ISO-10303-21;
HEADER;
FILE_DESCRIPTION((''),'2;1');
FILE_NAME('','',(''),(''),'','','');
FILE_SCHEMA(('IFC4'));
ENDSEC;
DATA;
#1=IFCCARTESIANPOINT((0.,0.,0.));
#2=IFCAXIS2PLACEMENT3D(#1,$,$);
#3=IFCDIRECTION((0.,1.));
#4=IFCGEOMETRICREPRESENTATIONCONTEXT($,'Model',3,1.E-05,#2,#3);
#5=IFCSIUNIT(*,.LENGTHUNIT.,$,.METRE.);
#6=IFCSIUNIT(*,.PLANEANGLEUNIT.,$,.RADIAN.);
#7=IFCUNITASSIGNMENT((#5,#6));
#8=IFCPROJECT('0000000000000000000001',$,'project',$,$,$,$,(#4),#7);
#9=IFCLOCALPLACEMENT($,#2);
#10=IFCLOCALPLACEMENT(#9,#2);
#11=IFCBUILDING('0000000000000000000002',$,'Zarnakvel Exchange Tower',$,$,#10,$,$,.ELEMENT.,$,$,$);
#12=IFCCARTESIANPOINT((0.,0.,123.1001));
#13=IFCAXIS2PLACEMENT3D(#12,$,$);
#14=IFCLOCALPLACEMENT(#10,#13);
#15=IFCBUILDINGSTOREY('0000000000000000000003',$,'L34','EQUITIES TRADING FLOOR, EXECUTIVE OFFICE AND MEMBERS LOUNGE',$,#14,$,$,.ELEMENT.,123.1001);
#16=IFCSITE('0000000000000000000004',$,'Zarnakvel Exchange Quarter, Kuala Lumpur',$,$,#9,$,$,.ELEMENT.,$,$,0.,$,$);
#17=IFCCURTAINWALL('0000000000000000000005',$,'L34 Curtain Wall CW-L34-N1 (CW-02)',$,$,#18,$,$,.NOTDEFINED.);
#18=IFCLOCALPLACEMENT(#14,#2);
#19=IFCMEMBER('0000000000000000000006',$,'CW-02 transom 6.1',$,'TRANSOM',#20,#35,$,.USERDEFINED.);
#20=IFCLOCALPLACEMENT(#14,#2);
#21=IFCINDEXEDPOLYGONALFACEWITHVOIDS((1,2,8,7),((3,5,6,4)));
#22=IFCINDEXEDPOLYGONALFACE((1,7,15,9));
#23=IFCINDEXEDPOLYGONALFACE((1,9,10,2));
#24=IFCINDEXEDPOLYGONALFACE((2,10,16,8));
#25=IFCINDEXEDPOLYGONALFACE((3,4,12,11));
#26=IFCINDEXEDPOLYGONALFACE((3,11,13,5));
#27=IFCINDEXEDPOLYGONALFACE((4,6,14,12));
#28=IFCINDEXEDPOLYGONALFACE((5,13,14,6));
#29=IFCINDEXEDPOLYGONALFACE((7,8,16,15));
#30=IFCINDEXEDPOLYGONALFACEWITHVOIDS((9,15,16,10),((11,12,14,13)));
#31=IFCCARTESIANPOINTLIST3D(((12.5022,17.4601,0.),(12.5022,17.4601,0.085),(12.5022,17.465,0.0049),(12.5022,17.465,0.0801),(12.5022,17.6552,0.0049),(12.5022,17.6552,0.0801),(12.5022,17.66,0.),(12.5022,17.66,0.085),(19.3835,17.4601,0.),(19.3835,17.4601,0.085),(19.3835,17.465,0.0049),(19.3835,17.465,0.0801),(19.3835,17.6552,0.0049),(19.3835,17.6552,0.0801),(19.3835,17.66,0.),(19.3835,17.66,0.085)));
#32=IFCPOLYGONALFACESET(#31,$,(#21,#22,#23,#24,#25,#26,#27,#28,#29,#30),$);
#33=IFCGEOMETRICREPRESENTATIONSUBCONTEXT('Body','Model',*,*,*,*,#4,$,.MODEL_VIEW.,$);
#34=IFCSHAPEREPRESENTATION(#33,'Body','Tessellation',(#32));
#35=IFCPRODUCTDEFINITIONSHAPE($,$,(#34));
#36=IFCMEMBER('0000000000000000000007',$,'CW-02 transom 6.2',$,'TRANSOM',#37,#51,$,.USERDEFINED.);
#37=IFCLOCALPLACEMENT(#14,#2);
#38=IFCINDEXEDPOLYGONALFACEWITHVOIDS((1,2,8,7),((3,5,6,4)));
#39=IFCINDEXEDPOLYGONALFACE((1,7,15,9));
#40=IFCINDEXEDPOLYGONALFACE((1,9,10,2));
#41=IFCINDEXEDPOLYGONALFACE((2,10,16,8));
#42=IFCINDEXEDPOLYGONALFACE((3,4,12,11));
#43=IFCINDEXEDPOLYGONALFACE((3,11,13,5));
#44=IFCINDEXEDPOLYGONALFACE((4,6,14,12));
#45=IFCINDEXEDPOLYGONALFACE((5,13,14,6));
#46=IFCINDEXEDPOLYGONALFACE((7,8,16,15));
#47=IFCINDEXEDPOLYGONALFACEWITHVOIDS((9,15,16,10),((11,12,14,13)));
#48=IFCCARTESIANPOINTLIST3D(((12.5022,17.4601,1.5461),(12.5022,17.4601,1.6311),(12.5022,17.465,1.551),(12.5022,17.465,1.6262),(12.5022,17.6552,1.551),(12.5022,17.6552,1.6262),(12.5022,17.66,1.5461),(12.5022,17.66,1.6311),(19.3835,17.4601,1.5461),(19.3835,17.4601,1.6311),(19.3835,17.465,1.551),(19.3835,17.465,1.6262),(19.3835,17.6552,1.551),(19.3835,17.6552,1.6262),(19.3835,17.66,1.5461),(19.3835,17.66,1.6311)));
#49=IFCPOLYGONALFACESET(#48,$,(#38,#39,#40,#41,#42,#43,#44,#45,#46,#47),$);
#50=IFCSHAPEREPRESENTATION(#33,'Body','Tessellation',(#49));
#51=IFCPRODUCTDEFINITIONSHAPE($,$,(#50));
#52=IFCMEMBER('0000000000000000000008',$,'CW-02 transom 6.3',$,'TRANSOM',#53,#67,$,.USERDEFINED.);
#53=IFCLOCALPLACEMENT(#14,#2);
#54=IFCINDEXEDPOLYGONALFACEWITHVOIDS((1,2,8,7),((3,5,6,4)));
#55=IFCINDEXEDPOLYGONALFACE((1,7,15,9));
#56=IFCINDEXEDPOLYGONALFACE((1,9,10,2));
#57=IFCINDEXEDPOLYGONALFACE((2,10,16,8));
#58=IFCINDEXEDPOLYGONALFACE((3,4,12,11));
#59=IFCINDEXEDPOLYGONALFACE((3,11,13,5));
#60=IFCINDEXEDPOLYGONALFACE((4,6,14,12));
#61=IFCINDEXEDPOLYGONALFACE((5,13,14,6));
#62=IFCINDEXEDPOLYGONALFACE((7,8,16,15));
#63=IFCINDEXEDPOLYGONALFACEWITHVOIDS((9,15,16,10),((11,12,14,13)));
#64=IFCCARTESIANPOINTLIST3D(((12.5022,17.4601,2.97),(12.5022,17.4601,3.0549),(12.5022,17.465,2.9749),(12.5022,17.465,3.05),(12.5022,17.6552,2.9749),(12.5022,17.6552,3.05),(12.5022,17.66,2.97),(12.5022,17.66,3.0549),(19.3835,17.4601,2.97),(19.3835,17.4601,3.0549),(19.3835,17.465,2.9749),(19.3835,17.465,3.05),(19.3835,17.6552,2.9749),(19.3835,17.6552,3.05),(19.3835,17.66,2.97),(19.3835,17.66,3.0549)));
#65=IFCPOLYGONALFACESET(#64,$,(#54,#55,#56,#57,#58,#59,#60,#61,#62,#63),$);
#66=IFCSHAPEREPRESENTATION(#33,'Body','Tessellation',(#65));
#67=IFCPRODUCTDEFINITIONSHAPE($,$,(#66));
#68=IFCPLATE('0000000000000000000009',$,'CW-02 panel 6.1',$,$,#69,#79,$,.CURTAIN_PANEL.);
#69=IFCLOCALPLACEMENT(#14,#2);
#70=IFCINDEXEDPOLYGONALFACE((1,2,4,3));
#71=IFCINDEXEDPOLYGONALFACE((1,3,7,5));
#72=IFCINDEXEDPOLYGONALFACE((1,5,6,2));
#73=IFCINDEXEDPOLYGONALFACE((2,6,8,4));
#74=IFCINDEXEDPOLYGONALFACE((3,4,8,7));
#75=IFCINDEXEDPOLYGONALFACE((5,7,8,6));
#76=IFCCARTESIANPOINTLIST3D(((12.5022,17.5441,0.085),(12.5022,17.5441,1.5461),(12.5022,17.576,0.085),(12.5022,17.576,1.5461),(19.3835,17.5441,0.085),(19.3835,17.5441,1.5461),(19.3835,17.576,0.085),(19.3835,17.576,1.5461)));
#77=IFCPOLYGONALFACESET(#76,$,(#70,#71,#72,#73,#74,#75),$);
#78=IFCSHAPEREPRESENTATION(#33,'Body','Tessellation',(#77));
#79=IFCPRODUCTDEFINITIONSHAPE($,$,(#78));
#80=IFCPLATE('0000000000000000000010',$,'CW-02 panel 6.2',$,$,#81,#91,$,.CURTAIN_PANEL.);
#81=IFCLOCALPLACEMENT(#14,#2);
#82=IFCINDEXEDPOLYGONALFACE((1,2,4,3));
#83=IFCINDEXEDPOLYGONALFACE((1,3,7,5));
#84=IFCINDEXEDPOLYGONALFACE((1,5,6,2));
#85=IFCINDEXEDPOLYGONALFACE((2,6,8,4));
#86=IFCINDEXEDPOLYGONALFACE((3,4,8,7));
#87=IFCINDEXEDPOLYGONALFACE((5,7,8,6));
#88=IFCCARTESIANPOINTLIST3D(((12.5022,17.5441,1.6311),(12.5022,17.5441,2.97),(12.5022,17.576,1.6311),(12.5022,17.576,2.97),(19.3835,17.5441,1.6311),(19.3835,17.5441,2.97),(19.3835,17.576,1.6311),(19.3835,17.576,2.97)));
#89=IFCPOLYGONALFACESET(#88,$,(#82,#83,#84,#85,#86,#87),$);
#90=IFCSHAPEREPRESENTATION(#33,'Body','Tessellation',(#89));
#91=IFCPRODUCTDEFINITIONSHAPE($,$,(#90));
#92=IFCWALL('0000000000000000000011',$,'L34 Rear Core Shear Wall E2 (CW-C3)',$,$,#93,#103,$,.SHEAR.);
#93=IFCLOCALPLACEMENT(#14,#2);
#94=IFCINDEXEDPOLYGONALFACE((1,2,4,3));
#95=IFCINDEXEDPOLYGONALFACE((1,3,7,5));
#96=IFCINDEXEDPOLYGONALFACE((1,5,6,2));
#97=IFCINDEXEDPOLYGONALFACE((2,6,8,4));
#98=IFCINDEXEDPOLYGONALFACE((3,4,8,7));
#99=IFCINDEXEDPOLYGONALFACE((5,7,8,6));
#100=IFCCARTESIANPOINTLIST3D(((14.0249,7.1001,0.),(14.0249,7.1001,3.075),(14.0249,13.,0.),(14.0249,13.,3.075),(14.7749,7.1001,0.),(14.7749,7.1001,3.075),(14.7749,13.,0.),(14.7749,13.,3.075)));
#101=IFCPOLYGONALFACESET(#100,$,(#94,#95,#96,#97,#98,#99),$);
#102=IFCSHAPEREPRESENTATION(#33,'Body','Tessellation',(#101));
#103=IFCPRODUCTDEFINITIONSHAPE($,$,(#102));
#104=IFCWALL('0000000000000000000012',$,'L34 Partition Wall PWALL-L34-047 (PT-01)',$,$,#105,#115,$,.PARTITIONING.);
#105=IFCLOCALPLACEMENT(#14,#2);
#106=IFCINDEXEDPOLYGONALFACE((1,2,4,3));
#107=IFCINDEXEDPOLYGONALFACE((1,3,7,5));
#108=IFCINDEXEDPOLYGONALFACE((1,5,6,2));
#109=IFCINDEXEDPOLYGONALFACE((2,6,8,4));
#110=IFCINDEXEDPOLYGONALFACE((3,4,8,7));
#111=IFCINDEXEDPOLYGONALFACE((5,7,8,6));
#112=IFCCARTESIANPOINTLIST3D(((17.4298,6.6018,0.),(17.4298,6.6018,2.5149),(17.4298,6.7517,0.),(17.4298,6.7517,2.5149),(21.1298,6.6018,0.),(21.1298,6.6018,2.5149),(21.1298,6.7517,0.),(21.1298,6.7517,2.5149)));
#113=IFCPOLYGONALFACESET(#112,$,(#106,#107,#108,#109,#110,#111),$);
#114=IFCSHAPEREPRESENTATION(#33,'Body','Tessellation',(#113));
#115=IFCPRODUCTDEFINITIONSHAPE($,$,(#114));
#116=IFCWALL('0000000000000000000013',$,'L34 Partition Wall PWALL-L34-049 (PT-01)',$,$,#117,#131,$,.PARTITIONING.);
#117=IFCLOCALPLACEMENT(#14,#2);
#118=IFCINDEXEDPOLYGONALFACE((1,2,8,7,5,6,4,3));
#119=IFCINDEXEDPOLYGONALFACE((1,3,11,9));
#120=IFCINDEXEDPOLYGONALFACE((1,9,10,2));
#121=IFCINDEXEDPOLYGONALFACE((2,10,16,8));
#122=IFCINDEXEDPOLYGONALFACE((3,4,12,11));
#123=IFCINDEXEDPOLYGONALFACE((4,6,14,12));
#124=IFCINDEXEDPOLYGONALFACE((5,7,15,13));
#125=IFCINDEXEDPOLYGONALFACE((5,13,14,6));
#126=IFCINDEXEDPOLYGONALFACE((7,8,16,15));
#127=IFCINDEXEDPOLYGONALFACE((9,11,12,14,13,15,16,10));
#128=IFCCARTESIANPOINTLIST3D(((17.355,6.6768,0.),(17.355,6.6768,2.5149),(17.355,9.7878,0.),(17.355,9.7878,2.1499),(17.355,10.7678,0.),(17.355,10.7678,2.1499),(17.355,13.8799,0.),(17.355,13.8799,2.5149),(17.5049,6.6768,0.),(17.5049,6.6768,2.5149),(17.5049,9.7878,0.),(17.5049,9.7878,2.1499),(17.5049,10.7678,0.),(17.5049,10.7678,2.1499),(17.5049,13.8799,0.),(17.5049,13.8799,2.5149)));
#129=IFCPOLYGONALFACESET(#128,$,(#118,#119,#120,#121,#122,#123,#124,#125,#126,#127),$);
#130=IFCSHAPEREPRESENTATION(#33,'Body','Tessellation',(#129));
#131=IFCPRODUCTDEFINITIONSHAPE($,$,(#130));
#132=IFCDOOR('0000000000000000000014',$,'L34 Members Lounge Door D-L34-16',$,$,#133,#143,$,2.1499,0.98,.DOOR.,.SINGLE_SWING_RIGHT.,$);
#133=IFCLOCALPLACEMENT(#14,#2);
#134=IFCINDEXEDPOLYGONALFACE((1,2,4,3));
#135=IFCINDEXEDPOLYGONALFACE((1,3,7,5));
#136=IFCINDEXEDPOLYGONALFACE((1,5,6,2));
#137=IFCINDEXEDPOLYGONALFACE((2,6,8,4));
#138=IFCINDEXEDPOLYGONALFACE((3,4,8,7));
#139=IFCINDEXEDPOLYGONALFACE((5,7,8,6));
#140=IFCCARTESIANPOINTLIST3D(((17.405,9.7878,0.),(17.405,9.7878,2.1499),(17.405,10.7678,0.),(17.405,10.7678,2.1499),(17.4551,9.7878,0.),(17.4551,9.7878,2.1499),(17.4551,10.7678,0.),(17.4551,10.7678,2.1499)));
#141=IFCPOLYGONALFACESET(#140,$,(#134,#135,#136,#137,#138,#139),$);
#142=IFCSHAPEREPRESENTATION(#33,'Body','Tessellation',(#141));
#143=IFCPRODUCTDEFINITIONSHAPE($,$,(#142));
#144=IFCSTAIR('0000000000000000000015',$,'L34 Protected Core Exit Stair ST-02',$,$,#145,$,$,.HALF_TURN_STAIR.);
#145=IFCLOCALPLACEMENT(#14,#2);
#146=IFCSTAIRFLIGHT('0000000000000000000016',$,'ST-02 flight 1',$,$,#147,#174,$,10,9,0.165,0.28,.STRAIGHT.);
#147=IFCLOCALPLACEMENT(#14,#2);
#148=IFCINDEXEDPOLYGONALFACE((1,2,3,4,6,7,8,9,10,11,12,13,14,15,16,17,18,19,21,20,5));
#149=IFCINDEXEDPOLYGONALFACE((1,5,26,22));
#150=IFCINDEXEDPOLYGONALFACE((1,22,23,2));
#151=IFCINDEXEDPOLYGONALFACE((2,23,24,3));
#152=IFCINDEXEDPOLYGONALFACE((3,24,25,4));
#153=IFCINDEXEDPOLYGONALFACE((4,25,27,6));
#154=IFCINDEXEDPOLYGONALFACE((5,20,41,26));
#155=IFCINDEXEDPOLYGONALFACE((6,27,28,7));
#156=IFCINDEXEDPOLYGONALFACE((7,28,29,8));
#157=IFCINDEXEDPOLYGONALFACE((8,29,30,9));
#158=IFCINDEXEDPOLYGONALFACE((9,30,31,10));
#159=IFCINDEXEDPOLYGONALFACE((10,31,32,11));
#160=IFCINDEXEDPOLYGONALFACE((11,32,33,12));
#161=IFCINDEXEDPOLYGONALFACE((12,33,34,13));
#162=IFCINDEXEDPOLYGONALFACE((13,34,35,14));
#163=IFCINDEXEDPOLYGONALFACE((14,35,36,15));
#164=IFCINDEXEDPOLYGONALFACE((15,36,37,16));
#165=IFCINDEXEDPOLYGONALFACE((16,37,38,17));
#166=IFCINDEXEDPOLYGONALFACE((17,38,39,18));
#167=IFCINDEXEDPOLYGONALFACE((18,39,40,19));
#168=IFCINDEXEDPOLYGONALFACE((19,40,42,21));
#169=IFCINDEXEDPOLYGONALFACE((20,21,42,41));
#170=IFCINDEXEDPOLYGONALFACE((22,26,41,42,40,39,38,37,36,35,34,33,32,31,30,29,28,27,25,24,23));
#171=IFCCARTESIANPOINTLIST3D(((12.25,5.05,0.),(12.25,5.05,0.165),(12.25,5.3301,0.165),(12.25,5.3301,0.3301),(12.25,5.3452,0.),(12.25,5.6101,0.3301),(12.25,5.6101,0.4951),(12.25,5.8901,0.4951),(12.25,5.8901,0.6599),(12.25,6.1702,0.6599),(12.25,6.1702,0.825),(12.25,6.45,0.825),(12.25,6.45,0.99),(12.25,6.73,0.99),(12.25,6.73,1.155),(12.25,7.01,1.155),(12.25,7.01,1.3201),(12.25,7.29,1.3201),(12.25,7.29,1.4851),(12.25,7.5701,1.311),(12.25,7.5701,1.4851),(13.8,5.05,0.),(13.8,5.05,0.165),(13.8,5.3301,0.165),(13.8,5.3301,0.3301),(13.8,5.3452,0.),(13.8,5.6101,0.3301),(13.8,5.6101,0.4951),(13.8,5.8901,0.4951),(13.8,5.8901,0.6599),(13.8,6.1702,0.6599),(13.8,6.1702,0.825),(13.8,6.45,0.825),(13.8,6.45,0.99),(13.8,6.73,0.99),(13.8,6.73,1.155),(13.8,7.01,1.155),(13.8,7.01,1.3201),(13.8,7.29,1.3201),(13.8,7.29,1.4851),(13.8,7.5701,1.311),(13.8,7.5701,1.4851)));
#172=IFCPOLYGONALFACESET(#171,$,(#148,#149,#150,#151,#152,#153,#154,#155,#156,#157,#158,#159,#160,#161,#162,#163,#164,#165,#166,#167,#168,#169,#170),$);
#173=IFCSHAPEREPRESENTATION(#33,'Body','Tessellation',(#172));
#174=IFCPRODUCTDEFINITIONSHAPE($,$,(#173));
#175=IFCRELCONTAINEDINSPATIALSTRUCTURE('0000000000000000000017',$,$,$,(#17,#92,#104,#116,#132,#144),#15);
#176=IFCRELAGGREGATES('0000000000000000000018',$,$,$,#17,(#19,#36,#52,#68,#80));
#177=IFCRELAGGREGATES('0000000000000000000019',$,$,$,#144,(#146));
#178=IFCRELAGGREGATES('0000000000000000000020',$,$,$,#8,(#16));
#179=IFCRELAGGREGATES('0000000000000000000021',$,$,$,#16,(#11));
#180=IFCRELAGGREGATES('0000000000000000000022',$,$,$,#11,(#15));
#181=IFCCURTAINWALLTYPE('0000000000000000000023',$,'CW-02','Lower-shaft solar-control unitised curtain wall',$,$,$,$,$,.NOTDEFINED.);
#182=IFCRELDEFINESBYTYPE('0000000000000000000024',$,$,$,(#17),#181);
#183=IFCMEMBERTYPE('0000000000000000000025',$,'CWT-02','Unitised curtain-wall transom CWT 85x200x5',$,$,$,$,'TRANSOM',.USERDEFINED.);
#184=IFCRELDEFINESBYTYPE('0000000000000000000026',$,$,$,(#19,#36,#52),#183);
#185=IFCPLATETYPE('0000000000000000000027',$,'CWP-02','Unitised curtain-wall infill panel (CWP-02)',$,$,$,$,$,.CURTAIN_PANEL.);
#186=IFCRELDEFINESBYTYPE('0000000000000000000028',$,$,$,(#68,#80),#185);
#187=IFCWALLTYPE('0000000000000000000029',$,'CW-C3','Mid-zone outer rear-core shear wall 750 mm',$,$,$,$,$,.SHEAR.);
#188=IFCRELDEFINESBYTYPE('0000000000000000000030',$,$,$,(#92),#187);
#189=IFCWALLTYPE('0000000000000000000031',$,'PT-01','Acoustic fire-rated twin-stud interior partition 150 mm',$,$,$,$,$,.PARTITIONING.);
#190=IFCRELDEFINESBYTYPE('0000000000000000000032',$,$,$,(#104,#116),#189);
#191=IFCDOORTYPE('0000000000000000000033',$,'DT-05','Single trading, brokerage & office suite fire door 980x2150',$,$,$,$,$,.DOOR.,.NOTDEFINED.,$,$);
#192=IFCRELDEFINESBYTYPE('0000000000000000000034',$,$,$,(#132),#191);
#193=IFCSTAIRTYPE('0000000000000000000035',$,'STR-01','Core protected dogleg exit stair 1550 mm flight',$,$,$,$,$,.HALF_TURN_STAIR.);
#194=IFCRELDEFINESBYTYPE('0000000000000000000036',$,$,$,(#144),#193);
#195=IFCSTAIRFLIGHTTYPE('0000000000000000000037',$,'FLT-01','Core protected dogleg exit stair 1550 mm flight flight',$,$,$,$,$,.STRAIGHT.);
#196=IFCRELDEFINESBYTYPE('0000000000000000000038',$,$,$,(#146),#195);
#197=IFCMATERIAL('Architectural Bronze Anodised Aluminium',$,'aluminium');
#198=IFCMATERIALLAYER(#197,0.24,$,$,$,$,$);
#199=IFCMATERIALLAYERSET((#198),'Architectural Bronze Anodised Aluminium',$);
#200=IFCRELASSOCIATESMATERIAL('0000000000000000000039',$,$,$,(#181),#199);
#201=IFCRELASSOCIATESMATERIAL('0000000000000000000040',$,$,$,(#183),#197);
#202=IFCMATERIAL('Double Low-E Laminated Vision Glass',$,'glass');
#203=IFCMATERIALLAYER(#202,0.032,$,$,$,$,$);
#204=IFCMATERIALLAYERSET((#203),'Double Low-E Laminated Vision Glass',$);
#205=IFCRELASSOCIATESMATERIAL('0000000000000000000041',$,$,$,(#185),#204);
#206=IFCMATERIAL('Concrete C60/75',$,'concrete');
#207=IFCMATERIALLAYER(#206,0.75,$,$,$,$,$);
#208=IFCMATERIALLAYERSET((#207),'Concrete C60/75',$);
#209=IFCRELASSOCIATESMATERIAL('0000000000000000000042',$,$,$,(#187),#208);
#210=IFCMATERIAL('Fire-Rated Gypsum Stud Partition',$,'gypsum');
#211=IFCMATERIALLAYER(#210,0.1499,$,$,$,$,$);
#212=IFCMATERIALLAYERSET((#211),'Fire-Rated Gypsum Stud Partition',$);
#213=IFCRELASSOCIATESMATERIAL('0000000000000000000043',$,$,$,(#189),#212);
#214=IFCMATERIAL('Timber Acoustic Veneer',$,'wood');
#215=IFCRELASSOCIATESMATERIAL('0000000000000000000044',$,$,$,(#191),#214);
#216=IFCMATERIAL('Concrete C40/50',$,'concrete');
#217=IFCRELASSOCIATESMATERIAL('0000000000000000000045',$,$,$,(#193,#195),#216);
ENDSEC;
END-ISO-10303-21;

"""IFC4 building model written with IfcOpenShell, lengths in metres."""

from ifc_helpers import new_model, si_unit, direction, frame, frame_2d, origin, origin_2d, place, context, subcontext, project, spatial, polyline, rectangle, hollow_rectangle, outline, extrude, source, transform, mapped, material, layer, layer_set, material_profile, profile_set, type_object, element, fill, aggregate, save


model = new_model("IFC4")

# Units and contexts
model_context = context("Model", 3, precision=1e-05, world=origin(), true_north=direction((0.0, 1.0)))
body_context = subcontext(model_context, "Body", "Model", "MODEL_VIEW")
ifc_project = project(units=[si_unit("LENGTHUNIT", "METRE"), si_unit("PLANEANGLEUNIT", "RADIAN")], contexts=[model_context])

# Site, building, storey
site_placement = place(None, origin())
site = spatial("IfcSite", under=ifc_project, at=site_placement, Name="Zarnakvel Exchange Quarter, Kuala Lumpur", CompositionType="ELEMENT", RefElevation=0.0)
building_placement = place(site_placement, origin())
building = spatial("IfcBuilding", under=site, at=building_placement, Name="Zarnakvel Exchange Tower", CompositionType="ELEMENT")
storey_placement = place(building_placement, frame((0.0, 0.0, 123.1001)))
storey = spatial("IfcBuildingStorey", under=building, at=storey_placement, Name="L34", Description="EQUITIES TRADING FLOOR, EXECUTIVE OFFICE AND MEMBERS LOUNGE", CompositionType="ELEMENT", Elevation=123.1001)

# Shared definitions
ifc_material_1 = material(Name="Concrete C60/75", Category="concrete")

# Curtain wall, members, plates
ifc_material_2 = material(Name="Architectural Bronze Anodised Aluminium", Category="aluminium")
ifc_layer_1 = layer(ifc_material_2, 0.24)
ifc_layer_set_1 = layer_set([ifc_layer_1], Name="Architectural Bronze Anodised Aluminium")
curtain_wall_type = type_object("IfcCurtainWallType", Name="CW-02", Description="Lower-shaft solar-control unitised curtain wall", PredefinedType="NOTDEFINED", material=ifc_layer_set_1)
curtain_wall_placement = place(storey_placement, origin())
curtain_wall = element("IfcCurtainWall", 1, at=curtain_wall_placement, inside=storey, type_object=curtain_wall_type, Name="L34 Curtain Wall CW-L34-N1 (CW-02)", PredefinedType="NOTDEFINED")
ifc_material_profile_1 = material_profile(ifc_material_2, hollow_rectangle(XDim=0.2, YDim=0.085, WallThickness=0.0049, at=origin_2d()))
ifc_profile_set_1 = profile_set([ifc_material_profile_1], Name="Architectural Bronze Anodised Aluminium")
member_type_1 = type_object("IfcMemberType", Name="CWT-02", Description="Unitised curtain-wall transom CWT 85x200x5", ElementType="TRANSOM", PredefinedType="USERDEFINED", material=ifc_profile_set_1)
shared_shape_1 = source(origin(), body_context, "Body", "SweptSolid", [
    extrude(hollow_rectangle(XDim=0.2, YDim=0.085, WallThickness=0.0049, at=origin_2d()), origin(), (0.0, 0.0, 1.0), 6.8813),
])
member_1_placement = place(storey_placement, frame((12.5022, 17.5601, 0.0425), z_axis=(1.0, 0.0, 0.0), x_axis=(0.0, 1.0, 0.0)))
member_1 = element("IfcMember", 2, at=member_1_placement, type_object=member_type_1, Name="CW-02 transom 6.1", ObjectType="TRANSOM", PredefinedType="USERDEFINED", context=body_context, shape_type="MappedRepresentation", body=[
    mapped(shared_shape_1, transform((0.0, 0.0, 0.0), x_axis=(1.0, 0.0, 0.0), y_axis=(0.0, 1.0, 0.0), z_axis=(0.0, 0.0, 1.0), scale=1.0)),
])
member_2_placement = place(storey_placement, frame((12.5022, 17.5601, 1.5886), z_axis=(1.0, 0.0, 0.0), x_axis=(0.0, 1.0, 0.0)))
member_2 = element("IfcMember", 3, at=member_2_placement, type_object=member_type_1, Name="CW-02 transom 6.2", ObjectType="TRANSOM", PredefinedType="USERDEFINED", context=body_context, shape_type="MappedRepresentation", body=[
    mapped(shared_shape_1, transform((0.0, 0.0, 0.0), x_axis=(1.0, 0.0, 0.0), y_axis=(0.0, 1.0, 0.0), z_axis=(0.0, 0.0, 1.0), scale=1.0)),
])
member_3_placement = place(storey_placement, frame((12.5022, 17.5601, 3.0125), z_axis=(1.0, 0.0, 0.0), x_axis=(0.0, 1.0, 0.0)))
member_3 = element("IfcMember", 4, at=member_3_placement, type_object=member_type_1, Name="CW-02 transom 6.3", ObjectType="TRANSOM", PredefinedType="USERDEFINED", context=body_context, shape_type="MappedRepresentation", body=[
    mapped(shared_shape_1, transform((0.0, 0.0, 0.0), x_axis=(1.0, 0.0, 0.0), y_axis=(0.0, 1.0, 0.0), z_axis=(0.0, 0.0, 1.0), scale=1.0)),
])
ifc_material_3 = material(Name="Double Low-E Laminated Vision Glass", Category="glass")
ifc_layer_2 = layer(ifc_material_3, 0.032)
ifc_layer_set_2 = layer_set([ifc_layer_2], Name="Double Low-E Laminated Vision Glass")
plate_type = type_object("IfcPlateType", Name="CWP-02", Description="Unitised curtain-wall infill panel (CWP-02)", PredefinedType="CURTAIN_PANEL", material=ifc_layer_set_2)
shared_shape_2 = source(origin(), body_context, "Body", "SweptSolid", [
    extrude(rectangle(XDim=6.8813, YDim=0.032, at=origin_2d()), origin(), (0.0, 0.0, 1.0), 1.4612),
])
plate_1_placement = place(storey_placement, frame((15.9429, 17.5601, 0.085), z_axis=(0.0, 0.0, 1.0), x_axis=(1.0, 0.0, 0.0)))
plate_1 = element("IfcPlate", 5, at=plate_1_placement, type_object=plate_type, Name="CW-02 panel 6.1", PredefinedType="CURTAIN_PANEL", context=body_context, shape_type="MappedRepresentation", body=[
    mapped(shared_shape_2, transform((0.0, 0.0, 0.0), x_axis=(1.0, 0.0, 0.0), y_axis=(0.0, 1.0, 0.0), z_axis=(0.0, 0.0, 1.0), scale=1.0)),
])
shared_shape_3 = source(origin(), body_context, "Body", "SweptSolid", [
    extrude(rectangle(XDim=6.8813, YDim=0.032, at=origin_2d()), origin(), (0.0, 0.0, 1.0), 1.3389),
])
plate_2_placement = place(storey_placement, frame((15.9429, 17.5601, 1.6311), z_axis=(0.0, 0.0, 1.0), x_axis=(1.0, 0.0, 0.0)))
plate_2 = element("IfcPlate", 6, at=plate_2_placement, type_object=plate_type, Name="CW-02 panel 6.2", PredefinedType="CURTAIN_PANEL", context=body_context, shape_type="MappedRepresentation", body=[
    mapped(shared_shape_3, transform((0.0, 0.0, 0.0), x_axis=(1.0, 0.0, 0.0), y_axis=(0.0, 1.0, 0.0), z_axis=(0.0, 0.0, 1.0), scale=1.0)),
])
aggregate(curtain_wall, [member_1, member_2, member_3, plate_1, plate_2])

# Walls
ifc_layer_3 = layer(ifc_material_1, 0.75)
ifc_layer_set_3 = layer_set([ifc_layer_3], Name="Concrete C60/75")
wall_type_1 = type_object("IfcWallType", Name="CW-C3", Description="Mid-zone outer rear-core shear wall 750 mm", PredefinedType="SHEAR", material=ifc_layer_set_3)
wall_1_placement = place(storey_placement, frame((14.3999, 7.1001, 0.0), z_axis=(0.0, 0.0, 1.0), x_axis=(0.0, 1.0, 0.0)))
element("IfcWall", 7, at=wall_1_placement, inside=storey, type_object=wall_type_1, Name="L34 Rear Core Shear Wall E2 (CW-C3)", PredefinedType="SHEAR", context=body_context, shape_type="SweptSolid", body=[
    extrude(rectangle(XDim=5.8999, YDim=0.75, at=frame_2d((2.95, 0.0))), origin(), (0.0, 0.0, 1.0), 3.075),
])
ifc_material_4 = material(Name="Fire-Rated Gypsum Stud Partition", Category="gypsum")
ifc_layer_4 = layer(ifc_material_4, 0.1499)
ifc_layer_set_4 = layer_set([ifc_layer_4], Name="Fire-Rated Gypsum Stud Partition")
wall_type_2 = type_object("IfcWallType", Name="PT-01", Description="Acoustic fire-rated twin-stud interior partition 150 mm", PredefinedType="PARTITIONING", material=ifc_layer_set_4)
wall_2_placement = place(storey_placement, frame((21.1299, 6.6768, 0.0), z_axis=(0.0, 0.0, 1.0), x_axis=(-1.0, 0.0, 0.0)))
element("IfcWall", 8, at=wall_2_placement, inside=storey, type_object=wall_type_2, Name="L34 Partition Wall PWALL-L34-047 (PT-01)", PredefinedType="PARTITIONING", context=body_context, shape_type="SweptSolid", body=[
    extrude(rectangle(XDim=3.7, YDim=0.1499, at=frame_2d((1.8501, 0.0))), origin(), (0.0, 0.0, 1.0), 2.5149),
])

# Wall, opening, door
wall_3_placement = place(storey_placement, frame((17.4299, 6.6768, 0.0), z_axis=(0.0, 0.0, 1.0), x_axis=(0.0, 1.0, 0.0)))
wall_3 = element("IfcWall", 9, at=wall_3_placement, inside=storey, type_object=wall_type_2, Name="L34 Partition Wall PWALL-L34-049 (PT-01)", PredefinedType="PARTITIONING", context=body_context, shape_type="SweptSolid", body=[
    extrude(rectangle(XDim=7.2031, YDim=0.1499, at=frame_2d((3.6016, 0.0))), origin(), (0.0, 0.0, 1.0), 2.5149),
])
opening_1_placement = place(wall_3_placement, frame((3.1111, 0.0, 0.0)))
opening_1 = element("IfcOpeningElement", 10, at=opening_1_placement, cuts=wall_3, PredefinedType="OPENING", context=body_context, shape_type="SweptSolid", body=[
    extrude(rectangle(XDim=0.98, YDim=2.1499, at=frame_2d((0.49, 1.075))), frame((0.0, 0.085, 0.0), z_axis=(0.0, -1.0, 0.0), x_axis=(1.0, 0.0, 0.0)), (0.0, 0.0, 1.0), 0.1699),
])
ifc_material_5 = material(Name="Timber Acoustic Veneer", Category="wood")
door_type_1 = type_object("IfcDoorType", Name="DT-05", Description="Single trading, brokerage & office suite fire door 980x2150", OperationType="NOTDEFINED", PredefinedType="DOOR", material=ifc_material_5)
shared_shape_4 = source(origin(), body_context, "Body", "SweptSolid", [
    extrude(rectangle(XDim=0.98, YDim=2.1499, at=frame_2d((0.49, 1.075))), frame((0.0, 0.0249, 0.0), z_axis=(0.0, -1.0, 0.0), x_axis=(1.0, 0.0, 0.0)), (0.0, 0.0, 1.0), 0.05),
])
door_1_placement = place(opening_1_placement, origin())
door_1 = element("IfcDoor", 11, at=door_1_placement, inside=storey, type_object=door_type_1, Name="L34 Members Lounge Door D-L34-16", OperationType="SINGLE_SWING_RIGHT", OverallHeight=2.1499, OverallWidth=0.98, PredefinedType="DOOR", context=body_context, shape_type="MappedRepresentation", body=[
    mapped(shared_shape_4, transform((0.0, 0.0, 0.0), x_axis=(1.0, 0.0, 0.0), y_axis=(0.0, 1.0, 0.0), z_axis=(0.0, 0.0, 1.0), scale=1.0)),
])
fill(opening_1, door_1)
ifc_material_6 = material(Name="Concrete C40/50", Category="concrete")

# Stair, stair flight
stair_type = type_object("IfcStairType", Name="STR-01", Description="Core protected dogleg exit stair 1550 mm flight", PredefinedType="HALF_TURN_STAIR", material=ifc_material_6)
stair_placement = place(storey_placement, origin())
stair = element("IfcStair", 12, at=stair_placement, inside=storey, type_object=stair_type, Name="L34 Protected Core Exit Stair ST-02", PredefinedType="HALF_TURN_STAIR")
stair_flight_type = type_object("IfcStairFlightType", Name="FLT-01", Description="Core protected dogleg exit stair 1550 mm flight flight", PredefinedType="STRAIGHT", material=ifc_material_6)
stair_flight_placement = place(storey_placement, frame((13.0249, 5.05, 0.0), z_axis=(0.0, 0.0, 1.0), x_axis=(0.0, 1.0, 0.0)))
stair_flight = element("IfcStairFlight", 13, at=stair_flight_placement, type_object=stair_flight_type, Name="ST-02 flight 1", NumberOfRisers=10, NumberOfTreads=9, PredefinedType="STRAIGHT", RiserHeight=0.165, TreadLength=0.28, context=body_context, shape_type="SweptSolid", body=[
    extrude(outline(polyline([(0.0, 0.0), (0.0, 0.165), (0.28, 0.165), (0.28, 0.3301), (0.5601, 0.3301), (0.5601, 0.4951), (0.8401, 0.4951), (0.8401, 0.6599), (1.1201, 0.6599), (1.1201, 0.825), (1.3999, 0.825), (1.3999, 0.99), (1.6799, 0.99), (1.6799, 1.155), (1.96, 1.155), (1.96, 1.3201), (2.24, 1.3201), (2.24, 1.4851), (2.52, 1.4851), (2.52, 1.6499), (2.52, 1.311), (0.2952, 0.0), (0.0, 0.0)])), frame((0.0, 0.7749, 0.0), z_axis=(0.0, -1.0, 0.0), x_axis=(1.0, 0.0, 0.0)), (0.0, 0.0, 1.0), 1.55),
])
aggregate(stair, [stair_flight])

save(model, "model.ifc")
